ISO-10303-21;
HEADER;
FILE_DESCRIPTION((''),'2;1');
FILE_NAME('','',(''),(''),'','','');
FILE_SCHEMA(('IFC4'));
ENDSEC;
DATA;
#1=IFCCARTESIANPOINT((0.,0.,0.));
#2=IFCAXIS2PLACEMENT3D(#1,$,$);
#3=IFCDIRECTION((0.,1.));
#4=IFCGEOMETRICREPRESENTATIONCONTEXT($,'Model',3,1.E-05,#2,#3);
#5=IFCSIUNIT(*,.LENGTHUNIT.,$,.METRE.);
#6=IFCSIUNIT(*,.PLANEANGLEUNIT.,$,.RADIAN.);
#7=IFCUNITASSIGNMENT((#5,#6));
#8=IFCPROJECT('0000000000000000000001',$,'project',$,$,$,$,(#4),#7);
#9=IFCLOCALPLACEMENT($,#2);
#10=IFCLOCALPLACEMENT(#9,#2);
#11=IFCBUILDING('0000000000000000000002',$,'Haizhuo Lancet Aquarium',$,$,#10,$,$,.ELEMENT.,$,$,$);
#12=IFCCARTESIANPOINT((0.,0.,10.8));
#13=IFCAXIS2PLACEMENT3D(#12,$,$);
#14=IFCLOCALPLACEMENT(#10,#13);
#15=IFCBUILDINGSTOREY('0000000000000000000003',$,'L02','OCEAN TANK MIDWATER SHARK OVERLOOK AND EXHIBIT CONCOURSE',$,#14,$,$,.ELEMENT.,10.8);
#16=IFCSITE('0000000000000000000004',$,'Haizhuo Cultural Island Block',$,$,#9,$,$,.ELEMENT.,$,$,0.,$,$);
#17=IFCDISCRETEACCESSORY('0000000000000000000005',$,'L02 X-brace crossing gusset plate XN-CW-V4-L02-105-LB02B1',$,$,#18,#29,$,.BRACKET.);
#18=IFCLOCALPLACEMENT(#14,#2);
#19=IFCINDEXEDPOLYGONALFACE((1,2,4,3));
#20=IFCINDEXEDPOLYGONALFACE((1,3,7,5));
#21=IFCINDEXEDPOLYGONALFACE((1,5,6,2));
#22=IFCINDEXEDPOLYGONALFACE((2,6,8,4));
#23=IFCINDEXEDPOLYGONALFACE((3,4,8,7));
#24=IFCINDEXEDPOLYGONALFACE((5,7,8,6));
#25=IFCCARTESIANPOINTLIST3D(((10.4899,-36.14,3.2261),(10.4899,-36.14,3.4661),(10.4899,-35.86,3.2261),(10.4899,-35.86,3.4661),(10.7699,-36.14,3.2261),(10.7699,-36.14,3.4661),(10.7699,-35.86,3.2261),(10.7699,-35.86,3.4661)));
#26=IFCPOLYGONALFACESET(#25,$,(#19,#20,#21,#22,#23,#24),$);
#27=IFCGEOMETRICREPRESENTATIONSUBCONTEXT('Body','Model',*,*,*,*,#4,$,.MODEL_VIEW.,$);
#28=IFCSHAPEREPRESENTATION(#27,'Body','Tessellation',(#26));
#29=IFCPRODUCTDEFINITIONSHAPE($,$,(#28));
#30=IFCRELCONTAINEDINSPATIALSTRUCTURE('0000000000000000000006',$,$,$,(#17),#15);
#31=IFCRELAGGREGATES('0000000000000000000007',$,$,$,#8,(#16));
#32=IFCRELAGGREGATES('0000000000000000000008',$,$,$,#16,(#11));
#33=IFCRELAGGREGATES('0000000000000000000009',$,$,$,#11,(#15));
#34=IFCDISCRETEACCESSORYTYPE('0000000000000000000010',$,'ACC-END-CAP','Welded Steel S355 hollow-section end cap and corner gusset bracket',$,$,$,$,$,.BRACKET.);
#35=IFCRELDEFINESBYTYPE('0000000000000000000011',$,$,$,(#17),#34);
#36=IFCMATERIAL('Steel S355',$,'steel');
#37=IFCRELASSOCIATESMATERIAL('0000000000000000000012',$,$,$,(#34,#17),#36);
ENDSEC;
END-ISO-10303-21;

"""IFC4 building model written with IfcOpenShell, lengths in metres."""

from ifc_helpers import new_model, si_unit, direction, frame, origin, origin_2d, place, context, subcontext, project, spatial, rectangle, extrude, material, type_object, element, save


model = new_model("IFC4")

# Units and contexts
model_context = context("Model", 3, precision=1e-05, world=origin(), true_north=direction((0.0, 1.0)))
body_context = subcontext(model_context, "Body", "Model", "MODEL_VIEW")
ifc_project = project(units=[si_unit("LENGTHUNIT", "METRE"), si_unit("PLANEANGLEUNIT", "RADIAN")], contexts=[model_context])

# Site, building, storey
site_placement = place(None, origin())
site = spatial("IfcSite", under=ifc_project, at=site_placement, Name="Haizhuo Cultural Island Block", CompositionType="ELEMENT", RefElevation=0.0)
building_placement = place(site_placement, origin())
building = spatial("IfcBuilding", under=site, at=building_placement, Name="Haizhuo Lancet Aquarium", CompositionType="ELEMENT")
storey_placement = place(building_placement, frame((0.0, 0.0, 10.8)))
storey = spatial("IfcBuildingStorey", under=building, at=storey_placement, Name="L02", Description="OCEAN TANK MIDWATER SHARK OVERLOOK AND EXHIBIT CONCOURSE", CompositionType="ELEMENT", Elevation=10.8)

# Shared definitions
ifc_material_1 = material(Name="Steel S355", Category="steel")

# Discrete accessory
discrete_accessory_type = type_object("IfcDiscreteAccessoryType", Name="ACC-END-CAP", Description="Welded Steel S355 hollow-section end cap and corner gusset bracket", PredefinedType="BRACKET", material=ifc_material_1)
for number, where, z_axis, x_axis, name in (
    (1, (10.6299, -36.0, 3.2261), (0.0, 0.0, 1.0), (1.0, 0.0, 0.0), "L02 X-brace crossing gusset plate XN-CW-V4-L02-105-LB02B1"),
):
    element("IfcDiscreteAccessory", number, at=place(storey_placement, frame(where, z_axis=z_axis, x_axis=x_axis)), inside=storey, type_object=discrete_accessory_type, material=ifc_material_1, Name=name, PredefinedType="BRACKET", context=body_context, shape_type="SweptSolid", body=[
        extrude(rectangle(XDim=0.28, YDim=0.28, at=origin_2d()), origin(), (0.0, 0.0, 1.0), 0.24),
    ])

save(model, "model.ifc")
